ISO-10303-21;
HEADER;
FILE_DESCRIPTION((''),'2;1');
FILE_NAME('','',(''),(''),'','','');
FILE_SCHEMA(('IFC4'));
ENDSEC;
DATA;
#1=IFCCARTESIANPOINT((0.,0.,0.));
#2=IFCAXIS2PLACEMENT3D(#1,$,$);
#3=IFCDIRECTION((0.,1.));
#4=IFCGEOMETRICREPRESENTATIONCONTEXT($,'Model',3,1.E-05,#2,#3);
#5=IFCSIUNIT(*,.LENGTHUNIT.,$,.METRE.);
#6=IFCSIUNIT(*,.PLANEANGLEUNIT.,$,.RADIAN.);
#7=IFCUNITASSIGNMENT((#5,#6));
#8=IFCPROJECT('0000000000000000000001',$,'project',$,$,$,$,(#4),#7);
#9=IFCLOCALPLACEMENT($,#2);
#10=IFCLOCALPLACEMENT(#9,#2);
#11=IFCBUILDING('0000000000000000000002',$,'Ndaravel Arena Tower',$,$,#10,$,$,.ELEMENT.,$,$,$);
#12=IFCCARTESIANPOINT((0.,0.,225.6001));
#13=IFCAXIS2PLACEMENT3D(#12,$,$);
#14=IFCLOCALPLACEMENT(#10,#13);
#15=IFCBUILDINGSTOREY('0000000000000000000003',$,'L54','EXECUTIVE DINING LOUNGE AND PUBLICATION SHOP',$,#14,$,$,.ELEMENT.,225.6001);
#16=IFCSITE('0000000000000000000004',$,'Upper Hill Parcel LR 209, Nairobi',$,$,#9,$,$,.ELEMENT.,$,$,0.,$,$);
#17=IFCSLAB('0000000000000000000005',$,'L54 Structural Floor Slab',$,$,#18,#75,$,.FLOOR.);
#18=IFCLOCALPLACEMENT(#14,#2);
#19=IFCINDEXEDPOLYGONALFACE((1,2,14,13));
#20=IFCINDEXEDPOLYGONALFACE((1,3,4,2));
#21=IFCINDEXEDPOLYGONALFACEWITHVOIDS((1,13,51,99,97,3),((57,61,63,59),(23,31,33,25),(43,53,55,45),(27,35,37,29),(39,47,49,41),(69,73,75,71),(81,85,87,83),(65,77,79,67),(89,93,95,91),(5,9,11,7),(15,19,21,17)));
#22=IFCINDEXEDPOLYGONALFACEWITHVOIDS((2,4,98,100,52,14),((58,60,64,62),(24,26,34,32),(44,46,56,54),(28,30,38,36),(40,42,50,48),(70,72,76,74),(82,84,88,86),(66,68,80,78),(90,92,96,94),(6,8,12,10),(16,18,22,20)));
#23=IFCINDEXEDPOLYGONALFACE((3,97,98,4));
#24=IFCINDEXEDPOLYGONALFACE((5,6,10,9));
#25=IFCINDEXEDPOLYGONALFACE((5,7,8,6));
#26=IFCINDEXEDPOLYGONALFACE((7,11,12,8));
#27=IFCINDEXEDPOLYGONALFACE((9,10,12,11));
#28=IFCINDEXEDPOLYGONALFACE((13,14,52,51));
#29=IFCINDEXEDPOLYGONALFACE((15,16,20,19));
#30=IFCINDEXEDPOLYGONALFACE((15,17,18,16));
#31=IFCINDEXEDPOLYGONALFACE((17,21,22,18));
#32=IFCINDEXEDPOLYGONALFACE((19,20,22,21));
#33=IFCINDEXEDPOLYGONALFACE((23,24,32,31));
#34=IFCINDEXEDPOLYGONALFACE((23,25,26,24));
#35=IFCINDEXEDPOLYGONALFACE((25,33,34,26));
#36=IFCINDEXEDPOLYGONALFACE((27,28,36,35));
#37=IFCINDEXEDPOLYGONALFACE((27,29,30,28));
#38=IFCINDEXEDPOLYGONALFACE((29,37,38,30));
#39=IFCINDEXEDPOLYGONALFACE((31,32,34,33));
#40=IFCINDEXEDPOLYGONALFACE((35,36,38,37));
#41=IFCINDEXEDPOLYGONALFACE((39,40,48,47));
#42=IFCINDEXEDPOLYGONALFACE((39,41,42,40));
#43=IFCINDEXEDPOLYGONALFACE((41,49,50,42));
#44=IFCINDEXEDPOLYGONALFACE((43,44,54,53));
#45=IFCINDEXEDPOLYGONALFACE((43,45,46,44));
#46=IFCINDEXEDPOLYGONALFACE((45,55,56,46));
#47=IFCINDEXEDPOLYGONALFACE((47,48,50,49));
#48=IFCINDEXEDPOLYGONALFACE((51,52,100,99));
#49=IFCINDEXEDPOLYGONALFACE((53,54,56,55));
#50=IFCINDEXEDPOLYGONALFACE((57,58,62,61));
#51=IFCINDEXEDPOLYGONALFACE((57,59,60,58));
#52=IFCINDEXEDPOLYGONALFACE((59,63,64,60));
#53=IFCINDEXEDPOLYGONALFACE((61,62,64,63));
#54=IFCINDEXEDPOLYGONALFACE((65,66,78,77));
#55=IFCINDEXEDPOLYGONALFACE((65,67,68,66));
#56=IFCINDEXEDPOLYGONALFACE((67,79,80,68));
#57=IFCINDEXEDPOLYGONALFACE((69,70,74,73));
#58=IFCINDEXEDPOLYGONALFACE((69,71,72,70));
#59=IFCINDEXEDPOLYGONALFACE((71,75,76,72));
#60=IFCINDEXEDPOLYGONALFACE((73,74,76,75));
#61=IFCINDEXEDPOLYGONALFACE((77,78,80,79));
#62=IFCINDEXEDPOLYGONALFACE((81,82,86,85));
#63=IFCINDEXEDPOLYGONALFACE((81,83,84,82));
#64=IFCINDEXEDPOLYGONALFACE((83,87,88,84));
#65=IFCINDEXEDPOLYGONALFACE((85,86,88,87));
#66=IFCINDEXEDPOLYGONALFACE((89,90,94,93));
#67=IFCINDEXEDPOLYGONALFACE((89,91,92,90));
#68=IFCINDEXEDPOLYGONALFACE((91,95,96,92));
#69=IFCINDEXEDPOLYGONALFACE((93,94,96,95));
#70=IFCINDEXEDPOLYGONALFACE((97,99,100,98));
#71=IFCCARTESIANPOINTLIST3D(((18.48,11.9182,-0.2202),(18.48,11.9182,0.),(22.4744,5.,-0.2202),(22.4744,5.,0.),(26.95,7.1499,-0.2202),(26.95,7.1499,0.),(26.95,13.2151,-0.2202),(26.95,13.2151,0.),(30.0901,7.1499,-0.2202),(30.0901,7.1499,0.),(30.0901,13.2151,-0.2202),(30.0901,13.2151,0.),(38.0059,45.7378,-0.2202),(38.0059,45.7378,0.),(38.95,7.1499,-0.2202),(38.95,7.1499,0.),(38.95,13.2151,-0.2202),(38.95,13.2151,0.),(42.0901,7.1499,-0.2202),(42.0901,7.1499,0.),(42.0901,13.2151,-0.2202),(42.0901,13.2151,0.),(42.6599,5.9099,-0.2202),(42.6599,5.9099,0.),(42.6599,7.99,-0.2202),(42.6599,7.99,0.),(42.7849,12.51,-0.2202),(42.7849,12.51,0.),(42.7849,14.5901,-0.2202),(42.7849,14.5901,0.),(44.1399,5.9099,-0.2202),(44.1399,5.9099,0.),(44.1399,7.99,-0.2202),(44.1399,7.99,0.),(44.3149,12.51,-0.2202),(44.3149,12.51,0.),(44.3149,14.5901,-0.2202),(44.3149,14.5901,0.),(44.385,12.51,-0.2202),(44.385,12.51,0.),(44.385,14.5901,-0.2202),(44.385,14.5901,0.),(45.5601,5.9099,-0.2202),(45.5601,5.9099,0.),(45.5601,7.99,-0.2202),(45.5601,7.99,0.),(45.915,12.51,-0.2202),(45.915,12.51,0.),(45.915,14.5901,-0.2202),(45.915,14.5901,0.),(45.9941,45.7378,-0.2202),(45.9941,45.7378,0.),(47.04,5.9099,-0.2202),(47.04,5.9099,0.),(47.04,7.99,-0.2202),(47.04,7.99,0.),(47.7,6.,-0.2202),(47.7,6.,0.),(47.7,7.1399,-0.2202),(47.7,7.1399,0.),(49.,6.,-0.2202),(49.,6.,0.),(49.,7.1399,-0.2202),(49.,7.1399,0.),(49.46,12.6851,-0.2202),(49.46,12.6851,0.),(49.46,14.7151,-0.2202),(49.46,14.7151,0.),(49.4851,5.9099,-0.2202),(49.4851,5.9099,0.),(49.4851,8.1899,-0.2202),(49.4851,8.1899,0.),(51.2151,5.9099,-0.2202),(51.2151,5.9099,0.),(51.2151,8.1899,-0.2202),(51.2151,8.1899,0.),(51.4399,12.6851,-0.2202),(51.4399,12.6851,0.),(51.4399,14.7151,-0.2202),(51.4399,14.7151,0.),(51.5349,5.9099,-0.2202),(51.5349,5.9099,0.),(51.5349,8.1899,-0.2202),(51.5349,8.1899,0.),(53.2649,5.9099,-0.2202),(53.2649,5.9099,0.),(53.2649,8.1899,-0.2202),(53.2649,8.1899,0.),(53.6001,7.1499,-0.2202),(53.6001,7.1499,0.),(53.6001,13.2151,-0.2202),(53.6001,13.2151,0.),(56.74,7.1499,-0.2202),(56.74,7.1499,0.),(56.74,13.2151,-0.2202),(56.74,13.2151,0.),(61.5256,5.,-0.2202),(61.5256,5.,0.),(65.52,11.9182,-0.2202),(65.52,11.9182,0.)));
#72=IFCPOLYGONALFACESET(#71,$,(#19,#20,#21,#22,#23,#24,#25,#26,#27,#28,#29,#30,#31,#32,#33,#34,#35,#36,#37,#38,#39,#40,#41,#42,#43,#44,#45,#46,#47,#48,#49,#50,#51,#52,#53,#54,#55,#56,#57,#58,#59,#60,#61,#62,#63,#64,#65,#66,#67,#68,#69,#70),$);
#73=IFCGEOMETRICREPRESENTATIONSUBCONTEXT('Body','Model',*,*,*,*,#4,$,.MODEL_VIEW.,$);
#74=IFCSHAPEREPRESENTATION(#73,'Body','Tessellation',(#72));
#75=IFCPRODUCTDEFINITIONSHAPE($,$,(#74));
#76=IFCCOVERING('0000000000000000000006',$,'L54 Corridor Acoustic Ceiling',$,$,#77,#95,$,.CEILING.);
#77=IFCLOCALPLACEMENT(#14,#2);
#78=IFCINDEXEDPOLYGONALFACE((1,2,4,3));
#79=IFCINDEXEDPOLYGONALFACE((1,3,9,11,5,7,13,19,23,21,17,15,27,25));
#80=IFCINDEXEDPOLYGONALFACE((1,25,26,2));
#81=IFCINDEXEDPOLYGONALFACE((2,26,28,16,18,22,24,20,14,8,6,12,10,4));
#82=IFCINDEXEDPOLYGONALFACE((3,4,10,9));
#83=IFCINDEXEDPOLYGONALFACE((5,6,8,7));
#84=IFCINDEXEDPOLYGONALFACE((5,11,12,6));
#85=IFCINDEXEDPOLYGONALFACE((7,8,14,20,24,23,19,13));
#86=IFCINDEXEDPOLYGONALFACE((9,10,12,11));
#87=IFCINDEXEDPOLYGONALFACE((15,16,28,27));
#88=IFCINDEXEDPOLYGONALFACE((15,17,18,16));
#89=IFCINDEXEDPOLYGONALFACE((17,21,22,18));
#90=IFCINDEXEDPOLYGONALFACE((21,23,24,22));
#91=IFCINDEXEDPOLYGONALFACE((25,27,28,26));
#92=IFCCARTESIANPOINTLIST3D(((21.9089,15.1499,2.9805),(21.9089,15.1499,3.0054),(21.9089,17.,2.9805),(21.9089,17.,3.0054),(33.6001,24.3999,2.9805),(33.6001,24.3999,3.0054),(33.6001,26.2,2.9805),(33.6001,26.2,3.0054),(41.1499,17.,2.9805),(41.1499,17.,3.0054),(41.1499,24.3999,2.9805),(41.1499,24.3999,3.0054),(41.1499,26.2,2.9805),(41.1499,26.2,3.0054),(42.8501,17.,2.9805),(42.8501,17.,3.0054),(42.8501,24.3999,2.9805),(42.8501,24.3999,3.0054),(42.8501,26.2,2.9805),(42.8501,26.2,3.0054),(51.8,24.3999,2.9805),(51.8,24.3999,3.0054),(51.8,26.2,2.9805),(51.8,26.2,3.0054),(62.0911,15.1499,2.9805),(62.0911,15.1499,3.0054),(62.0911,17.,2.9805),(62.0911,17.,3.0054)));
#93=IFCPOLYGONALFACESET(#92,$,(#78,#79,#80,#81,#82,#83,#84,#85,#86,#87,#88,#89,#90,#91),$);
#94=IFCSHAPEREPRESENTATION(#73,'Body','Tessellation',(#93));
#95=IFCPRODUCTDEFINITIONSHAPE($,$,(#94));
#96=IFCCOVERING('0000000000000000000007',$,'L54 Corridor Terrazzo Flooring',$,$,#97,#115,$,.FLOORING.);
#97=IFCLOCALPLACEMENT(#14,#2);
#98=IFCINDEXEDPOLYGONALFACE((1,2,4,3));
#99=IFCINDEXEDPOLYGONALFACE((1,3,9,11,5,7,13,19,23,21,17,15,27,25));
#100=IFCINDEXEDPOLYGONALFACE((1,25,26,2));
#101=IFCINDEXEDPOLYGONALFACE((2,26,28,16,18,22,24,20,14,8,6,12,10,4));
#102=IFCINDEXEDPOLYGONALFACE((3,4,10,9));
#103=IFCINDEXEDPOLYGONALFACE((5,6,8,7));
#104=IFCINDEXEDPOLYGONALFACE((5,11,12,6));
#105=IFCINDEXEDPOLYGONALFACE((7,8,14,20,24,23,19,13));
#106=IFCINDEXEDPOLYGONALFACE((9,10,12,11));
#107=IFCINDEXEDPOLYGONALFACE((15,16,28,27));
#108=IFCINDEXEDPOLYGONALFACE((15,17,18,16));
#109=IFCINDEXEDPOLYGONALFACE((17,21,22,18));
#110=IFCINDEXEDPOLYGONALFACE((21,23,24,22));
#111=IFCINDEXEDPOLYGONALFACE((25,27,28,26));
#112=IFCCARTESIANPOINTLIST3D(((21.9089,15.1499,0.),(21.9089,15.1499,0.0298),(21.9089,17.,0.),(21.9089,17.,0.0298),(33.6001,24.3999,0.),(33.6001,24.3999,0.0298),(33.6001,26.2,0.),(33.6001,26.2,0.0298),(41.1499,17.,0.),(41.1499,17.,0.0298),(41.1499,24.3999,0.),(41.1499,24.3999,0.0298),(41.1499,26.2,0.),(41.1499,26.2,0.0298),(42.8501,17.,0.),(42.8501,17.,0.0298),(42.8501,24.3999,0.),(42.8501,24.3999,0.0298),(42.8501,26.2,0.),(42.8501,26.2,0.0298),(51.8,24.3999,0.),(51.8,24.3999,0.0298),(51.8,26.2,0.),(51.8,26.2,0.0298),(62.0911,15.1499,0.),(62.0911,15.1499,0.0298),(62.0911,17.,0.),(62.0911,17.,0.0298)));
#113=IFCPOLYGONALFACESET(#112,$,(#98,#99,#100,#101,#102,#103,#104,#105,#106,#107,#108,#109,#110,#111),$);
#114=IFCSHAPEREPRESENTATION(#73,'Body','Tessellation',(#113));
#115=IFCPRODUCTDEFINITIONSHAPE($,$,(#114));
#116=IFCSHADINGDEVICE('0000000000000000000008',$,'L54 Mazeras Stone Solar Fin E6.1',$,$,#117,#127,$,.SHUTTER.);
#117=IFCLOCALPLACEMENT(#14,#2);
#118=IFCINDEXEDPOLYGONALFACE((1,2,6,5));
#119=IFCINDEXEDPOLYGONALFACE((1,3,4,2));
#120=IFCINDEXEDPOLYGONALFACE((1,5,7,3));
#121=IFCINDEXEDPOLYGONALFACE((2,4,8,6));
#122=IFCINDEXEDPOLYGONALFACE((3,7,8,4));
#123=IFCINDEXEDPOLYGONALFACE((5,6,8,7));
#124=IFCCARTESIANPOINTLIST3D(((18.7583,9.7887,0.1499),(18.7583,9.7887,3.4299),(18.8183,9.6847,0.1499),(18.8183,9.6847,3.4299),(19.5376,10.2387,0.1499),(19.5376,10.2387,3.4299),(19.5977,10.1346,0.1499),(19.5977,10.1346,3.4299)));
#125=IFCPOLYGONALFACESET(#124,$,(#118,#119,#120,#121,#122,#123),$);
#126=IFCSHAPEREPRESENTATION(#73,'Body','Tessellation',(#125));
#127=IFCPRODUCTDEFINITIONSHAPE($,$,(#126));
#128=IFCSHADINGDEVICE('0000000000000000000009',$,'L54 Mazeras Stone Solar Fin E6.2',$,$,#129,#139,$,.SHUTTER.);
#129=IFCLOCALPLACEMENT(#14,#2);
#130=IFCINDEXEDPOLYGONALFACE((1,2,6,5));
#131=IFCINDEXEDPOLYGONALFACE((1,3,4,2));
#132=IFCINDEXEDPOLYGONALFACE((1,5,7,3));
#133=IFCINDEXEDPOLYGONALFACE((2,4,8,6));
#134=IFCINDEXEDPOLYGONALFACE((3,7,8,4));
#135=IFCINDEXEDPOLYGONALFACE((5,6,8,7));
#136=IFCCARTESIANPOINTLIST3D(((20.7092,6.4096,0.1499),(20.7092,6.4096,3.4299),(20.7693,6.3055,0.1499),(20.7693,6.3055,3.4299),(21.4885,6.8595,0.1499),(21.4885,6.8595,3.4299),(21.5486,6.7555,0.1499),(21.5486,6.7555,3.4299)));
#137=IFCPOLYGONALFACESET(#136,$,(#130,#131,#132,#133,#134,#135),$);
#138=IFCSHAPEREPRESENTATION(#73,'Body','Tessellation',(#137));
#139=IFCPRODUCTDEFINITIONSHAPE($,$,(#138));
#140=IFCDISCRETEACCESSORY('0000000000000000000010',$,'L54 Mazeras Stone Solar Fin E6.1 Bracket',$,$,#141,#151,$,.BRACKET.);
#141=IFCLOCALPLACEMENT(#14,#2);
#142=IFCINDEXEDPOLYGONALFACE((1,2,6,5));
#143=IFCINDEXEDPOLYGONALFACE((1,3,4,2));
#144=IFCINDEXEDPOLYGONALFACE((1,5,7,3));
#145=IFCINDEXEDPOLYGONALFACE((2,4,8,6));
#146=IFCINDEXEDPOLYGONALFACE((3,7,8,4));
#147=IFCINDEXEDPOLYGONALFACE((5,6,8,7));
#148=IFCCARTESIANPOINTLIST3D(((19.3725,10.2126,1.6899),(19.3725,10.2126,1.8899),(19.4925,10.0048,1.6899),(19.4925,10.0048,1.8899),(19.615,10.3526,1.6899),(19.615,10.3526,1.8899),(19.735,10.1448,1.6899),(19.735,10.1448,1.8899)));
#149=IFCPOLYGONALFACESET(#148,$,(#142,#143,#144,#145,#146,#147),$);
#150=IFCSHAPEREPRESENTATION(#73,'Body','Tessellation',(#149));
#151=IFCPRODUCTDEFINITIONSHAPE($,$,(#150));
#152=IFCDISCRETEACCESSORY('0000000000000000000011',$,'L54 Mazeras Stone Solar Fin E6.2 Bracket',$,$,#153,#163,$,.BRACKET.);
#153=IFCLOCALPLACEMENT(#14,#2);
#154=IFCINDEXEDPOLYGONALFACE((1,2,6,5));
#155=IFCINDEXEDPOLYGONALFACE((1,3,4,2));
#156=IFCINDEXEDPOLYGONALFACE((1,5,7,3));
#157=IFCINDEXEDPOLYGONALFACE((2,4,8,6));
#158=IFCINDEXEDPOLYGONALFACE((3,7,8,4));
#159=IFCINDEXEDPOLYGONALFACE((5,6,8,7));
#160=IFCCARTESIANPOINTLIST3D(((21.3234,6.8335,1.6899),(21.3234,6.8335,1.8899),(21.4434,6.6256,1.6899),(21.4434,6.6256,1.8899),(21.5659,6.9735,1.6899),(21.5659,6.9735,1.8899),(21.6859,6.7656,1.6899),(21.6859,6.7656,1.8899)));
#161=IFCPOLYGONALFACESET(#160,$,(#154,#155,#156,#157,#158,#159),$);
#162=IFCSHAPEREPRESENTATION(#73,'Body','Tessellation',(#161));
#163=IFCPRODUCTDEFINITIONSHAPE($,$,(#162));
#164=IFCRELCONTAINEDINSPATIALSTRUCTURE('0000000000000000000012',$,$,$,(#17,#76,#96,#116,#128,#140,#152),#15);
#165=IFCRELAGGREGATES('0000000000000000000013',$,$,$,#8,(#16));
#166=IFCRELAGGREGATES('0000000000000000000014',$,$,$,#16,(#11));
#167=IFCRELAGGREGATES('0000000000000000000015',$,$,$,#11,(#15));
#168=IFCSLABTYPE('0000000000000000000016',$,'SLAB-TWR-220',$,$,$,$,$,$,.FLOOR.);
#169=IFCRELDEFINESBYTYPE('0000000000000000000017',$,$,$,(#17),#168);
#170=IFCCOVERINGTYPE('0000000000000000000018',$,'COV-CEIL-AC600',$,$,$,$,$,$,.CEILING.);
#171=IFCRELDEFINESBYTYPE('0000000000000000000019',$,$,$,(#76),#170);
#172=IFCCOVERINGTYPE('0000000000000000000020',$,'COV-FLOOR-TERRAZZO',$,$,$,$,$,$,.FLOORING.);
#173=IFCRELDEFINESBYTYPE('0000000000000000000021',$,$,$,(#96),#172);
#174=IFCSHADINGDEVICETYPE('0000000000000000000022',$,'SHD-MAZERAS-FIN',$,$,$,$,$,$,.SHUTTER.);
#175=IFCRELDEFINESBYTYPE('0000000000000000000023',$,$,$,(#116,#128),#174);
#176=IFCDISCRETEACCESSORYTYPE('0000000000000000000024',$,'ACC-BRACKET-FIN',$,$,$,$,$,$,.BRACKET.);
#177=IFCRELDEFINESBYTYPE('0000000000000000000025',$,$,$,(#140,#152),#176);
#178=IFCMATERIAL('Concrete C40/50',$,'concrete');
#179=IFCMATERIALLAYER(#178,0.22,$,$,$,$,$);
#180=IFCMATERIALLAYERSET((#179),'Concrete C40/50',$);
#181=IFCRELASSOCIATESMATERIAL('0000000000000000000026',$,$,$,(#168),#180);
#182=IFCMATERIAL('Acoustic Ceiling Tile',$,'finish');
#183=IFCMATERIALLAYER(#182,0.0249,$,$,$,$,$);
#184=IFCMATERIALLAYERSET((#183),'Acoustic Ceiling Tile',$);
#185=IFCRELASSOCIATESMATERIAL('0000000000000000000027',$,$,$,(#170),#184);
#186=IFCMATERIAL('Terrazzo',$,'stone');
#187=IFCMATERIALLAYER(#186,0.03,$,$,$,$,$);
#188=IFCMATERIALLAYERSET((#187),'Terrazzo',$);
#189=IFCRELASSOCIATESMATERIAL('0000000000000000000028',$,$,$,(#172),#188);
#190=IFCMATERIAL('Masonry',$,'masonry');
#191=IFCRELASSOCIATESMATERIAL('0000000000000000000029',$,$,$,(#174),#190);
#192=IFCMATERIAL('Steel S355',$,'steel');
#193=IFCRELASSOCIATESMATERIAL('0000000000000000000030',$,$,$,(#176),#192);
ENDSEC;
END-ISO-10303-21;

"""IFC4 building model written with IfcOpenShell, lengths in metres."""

from ifc_helpers import new_model, si_unit, direction, frame, origin, origin_2d, place, context, subcontext, project, spatial, polyline, rectangle, outline, extrude, material, layer, layer_set, type_object, element, save


model = new_model("IFC4")

# Units and contexts
model_context = context("Model", 3, precision=1e-05, world=origin(), true_north=direction((0.0, 1.0)))
body_context = subcontext(model_context, "Body", "Model", "MODEL_VIEW")
ifc_project = project(units=[si_unit("LENGTHUNIT", "METRE"), si_unit("PLANEANGLEUNIT", "RADIAN")], contexts=[model_context])

# Site, building, storey
site_placement = place(None, origin())
site = spatial("IfcSite", under=ifc_project, at=site_placement, Name="Upper Hill Parcel LR 209, Nairobi", CompositionType="ELEMENT", RefElevation=0.0)
building_placement = place(site_placement, origin())
building = spatial("IfcBuilding", under=site, at=building_placement, Name="Ndaravel Arena Tower", CompositionType="ELEMENT")
storey_placement = place(building_placement, frame((0.0, 0.0, 225.6001)))
storey = spatial("IfcBuildingStorey", under=building, at=storey_placement, Name="L54", Description="EXECUTIVE DINING LOUNGE AND PUBLICATION SHOP", CompositionType="ELEMENT", Elevation=225.6001)

# Slab
ifc_material_1 = material(Name="Concrete C40/50", Category="concrete")
ifc_layer_1 = layer(ifc_material_1, 0.22)
ifc_layer_set_1 = layer_set([ifc_layer_1], Name="Concrete C40/50")
slab_type_1 = type_object("IfcSlabType", Name="SLAB-TWR-220", PredefinedType="FLOOR", material=ifc_layer_set_1)
slab_1_placement = place(storey_placement, frame((0.0, 0.0, -0.2202)))
element("IfcSlab", 1, at=slab_1_placement, inside=storey, type_object=slab_type_1, Name="L54 Structural Floor Slab", PredefinedType="FLOOR", context=body_context, shape_type="SweptSolid", body=[
    extrude(outline(polyline([(18.48, 11.9182), (22.4744, 5.0), (61.5256, 5.0), (65.52, 11.9182), (45.9941, 45.7378), (38.0059, 45.7378), (18.48, 11.9182)]), holes=[polyline([(26.95, 13.2151), (26.95, 7.1499), (30.0901, 7.1499), (30.0901, 13.2151), (26.95, 13.2151)]), polyline([(38.95, 13.2151), (38.95, 7.1499), (42.0901, 7.1499), (42.0901, 13.2151), (38.95, 13.2151)]), polyline([(53.6001, 13.2151), (53.6001, 7.1499), (56.74, 7.1499), (56.74, 13.2151), (53.6001, 13.2151)]), polyline([(42.6599, 5.9099), (44.1399, 5.9099), (44.1399, 7.99), (42.6599, 7.99), (42.6599, 5.9099)]), polyline([(45.5601, 5.9099), (47.04, 5.9099), (47.04, 7.99), (45.5601, 7.99), (45.5601, 5.9099)]), polyline([(42.7849, 12.51), (44.3149, 12.51), (44.3149, 14.5901), (42.7849, 14.5901), (42.7849, 12.51)]), polyline([(44.385, 12.51), (45.915, 12.51), (45.915, 14.5901), (44.385, 14.5901), (44.385, 12.51)]), polyline([(49.4851, 5.9099), (51.2151, 5.9099), (51.2151, 8.1899), (49.4851, 8.1899), (49.4851, 5.9099)]), polyline([(51.5349, 5.9099), (53.2649, 5.9099), (53.2649, 8.1899), (51.5349, 8.1899), (51.5349, 5.9099)]), polyline([(49.46, 12.6851), (51.4399, 12.6851), (51.4399, 14.7151), (49.46, 14.7151), (49.46, 12.6851)]), polyline([(47.7, 6.0), (49.0, 6.0), (49.0, 7.1399), (47.7, 7.1399), (47.7, 6.0)])]), origin(), (0.0, 0.0, 1.0), 0.2202),
])

# Coverings
ifc_material_2 = material(Name="Acoustic Ceiling Tile", Category="finish")
ifc_layer_2 = layer(ifc_material_2, 0.0249)
ifc_layer_set_2 = layer_set([ifc_layer_2], Name="Acoustic Ceiling Tile")
covering_type_1 = type_object("IfcCoveringType", Name="COV-CEIL-AC600", PredefinedType="CEILING", material=ifc_layer_set_2)
covering_1_placement = place(storey_placement, frame((0.0, 0.0, 2.9805)))
element("IfcCovering", 2, at=covering_1_placement, inside=storey, type_object=covering_type_1, Name="L54 Corridor Acoustic Ceiling", PredefinedType="CEILING", context=body_context, shape_type="SweptSolid", body=[
    extrude(outline(polyline([(62.0911, 17.0), (42.8501, 17.0), (42.8501, 24.3999), (51.8, 24.3999), (51.8, 26.2), (42.8501, 26.2), (41.1499, 26.2), (33.6001, 26.2), (33.6001, 24.3999), (41.1499, 24.3999), (41.1499, 17.0), (21.9089, 17.0), (21.9089, 15.1499), (62.0911, 15.1499), (62.0911, 17.0)])), origin(), (0.0, 0.0, 1.0), 0.0249),
])
ifc_material_3 = material(Name="Terrazzo", Category="stone")
ifc_layer_3 = layer(ifc_material_3, 0.03)
ifc_layer_set_3 = layer_set([ifc_layer_3], Name="Terrazzo")
covering_type_2 = type_object("IfcCoveringType", Name="COV-FLOOR-TERRAZZO", PredefinedType="FLOORING", material=ifc_layer_set_3)
covering_2_placement = place(storey_placement, origin())
element("IfcCovering", 3, at=covering_2_placement, inside=storey, type_object=covering_type_2, Name="L54 Corridor Terrazzo Flooring", PredefinedType="FLOORING", context=body_context, shape_type="SweptSolid", body=[
    extrude(outline(polyline([(62.0911, 17.0), (42.8501, 17.0), (42.8501, 24.3999), (51.8, 24.3999), (51.8, 26.2), (42.8501, 26.2), (41.1499, 26.2), (33.6001, 26.2), (33.6001, 24.3999), (41.1499, 24.3999), (41.1499, 17.0), (21.9089, 17.0), (21.9089, 15.1499), (62.0911, 15.1499), (62.0911, 17.0)])), origin(), (0.0, 0.0, 1.0), 0.0298),
])

# Shading devices
ifc_material_4 = material(Name="Masonry", Category="masonry")
shading_device_type = type_object("IfcShadingDeviceType", Name="SHD-MAZERAS-FIN", PredefinedType="SHUTTER", material=ifc_material_4)
for number, where, z_axis, x_axis, name in (
    (4, (19.178, 9.9617, 0.1499), (0.0, 0.0, 1.0), (-0.866025, -0.5, 0.0), "L54 Mazeras Stone Solar Fin E6.1"),
    (5, (21.1289, 6.5825, 0.1499), (0.0, 0.0, 1.0), (-0.866025, -0.5, 0.0), "L54 Mazeras Stone Solar Fin E6.2"),
):
    element("IfcShadingDevice", number, at=place(storey_placement, frame(where, z_axis=z_axis, x_axis=x_axis)), inside=storey, type_object=shading_device_type, Name=name, PredefinedType="SHUTTER", context=body_context, shape_type="SweptSolid", body=[
        extrude(rectangle(XDim=0.8999, YDim=0.1201, at=origin_2d()), origin(), (0.0, 0.0, 1.0), 3.28),
    ])

# Discrete accessories
ifc_material_5 = material(Name="Steel S355", Category="steel")
discrete_accessory_type = type_object("IfcDiscreteAccessoryType", Name="ACC-BRACKET-FIN", PredefinedType="BRACKET", material=ifc_material_5)
for number, where, z_axis, x_axis, name in (
    (6, (19.5537, 10.1787, 1.6899), (0.0, 0.0, 1.0), (-0.866025, -0.5, 0.0), "L54 Mazeras Stone Solar Fin E6.1 Bracket"),
    (7, (21.5046, 6.7996, 1.6899), (0.0, 0.0, 1.0), (-0.866025, -0.5, 0.0), "L54 Mazeras Stone Solar Fin E6.2 Bracket"),
):
    element("IfcDiscreteAccessory", number, at=place(storey_placement, frame(where, z_axis=z_axis, x_axis=x_axis)), inside=storey, type_object=discrete_accessory_type, Name=name, PredefinedType="BRACKET", context=body_context, shape_type="SweptSolid", body=[
        extrude(rectangle(XDim=0.28, YDim=0.24, at=origin_2d()), origin(), (0.0, 0.0, 1.0), 0.2),
    ])

save(model, "model.ifc")
